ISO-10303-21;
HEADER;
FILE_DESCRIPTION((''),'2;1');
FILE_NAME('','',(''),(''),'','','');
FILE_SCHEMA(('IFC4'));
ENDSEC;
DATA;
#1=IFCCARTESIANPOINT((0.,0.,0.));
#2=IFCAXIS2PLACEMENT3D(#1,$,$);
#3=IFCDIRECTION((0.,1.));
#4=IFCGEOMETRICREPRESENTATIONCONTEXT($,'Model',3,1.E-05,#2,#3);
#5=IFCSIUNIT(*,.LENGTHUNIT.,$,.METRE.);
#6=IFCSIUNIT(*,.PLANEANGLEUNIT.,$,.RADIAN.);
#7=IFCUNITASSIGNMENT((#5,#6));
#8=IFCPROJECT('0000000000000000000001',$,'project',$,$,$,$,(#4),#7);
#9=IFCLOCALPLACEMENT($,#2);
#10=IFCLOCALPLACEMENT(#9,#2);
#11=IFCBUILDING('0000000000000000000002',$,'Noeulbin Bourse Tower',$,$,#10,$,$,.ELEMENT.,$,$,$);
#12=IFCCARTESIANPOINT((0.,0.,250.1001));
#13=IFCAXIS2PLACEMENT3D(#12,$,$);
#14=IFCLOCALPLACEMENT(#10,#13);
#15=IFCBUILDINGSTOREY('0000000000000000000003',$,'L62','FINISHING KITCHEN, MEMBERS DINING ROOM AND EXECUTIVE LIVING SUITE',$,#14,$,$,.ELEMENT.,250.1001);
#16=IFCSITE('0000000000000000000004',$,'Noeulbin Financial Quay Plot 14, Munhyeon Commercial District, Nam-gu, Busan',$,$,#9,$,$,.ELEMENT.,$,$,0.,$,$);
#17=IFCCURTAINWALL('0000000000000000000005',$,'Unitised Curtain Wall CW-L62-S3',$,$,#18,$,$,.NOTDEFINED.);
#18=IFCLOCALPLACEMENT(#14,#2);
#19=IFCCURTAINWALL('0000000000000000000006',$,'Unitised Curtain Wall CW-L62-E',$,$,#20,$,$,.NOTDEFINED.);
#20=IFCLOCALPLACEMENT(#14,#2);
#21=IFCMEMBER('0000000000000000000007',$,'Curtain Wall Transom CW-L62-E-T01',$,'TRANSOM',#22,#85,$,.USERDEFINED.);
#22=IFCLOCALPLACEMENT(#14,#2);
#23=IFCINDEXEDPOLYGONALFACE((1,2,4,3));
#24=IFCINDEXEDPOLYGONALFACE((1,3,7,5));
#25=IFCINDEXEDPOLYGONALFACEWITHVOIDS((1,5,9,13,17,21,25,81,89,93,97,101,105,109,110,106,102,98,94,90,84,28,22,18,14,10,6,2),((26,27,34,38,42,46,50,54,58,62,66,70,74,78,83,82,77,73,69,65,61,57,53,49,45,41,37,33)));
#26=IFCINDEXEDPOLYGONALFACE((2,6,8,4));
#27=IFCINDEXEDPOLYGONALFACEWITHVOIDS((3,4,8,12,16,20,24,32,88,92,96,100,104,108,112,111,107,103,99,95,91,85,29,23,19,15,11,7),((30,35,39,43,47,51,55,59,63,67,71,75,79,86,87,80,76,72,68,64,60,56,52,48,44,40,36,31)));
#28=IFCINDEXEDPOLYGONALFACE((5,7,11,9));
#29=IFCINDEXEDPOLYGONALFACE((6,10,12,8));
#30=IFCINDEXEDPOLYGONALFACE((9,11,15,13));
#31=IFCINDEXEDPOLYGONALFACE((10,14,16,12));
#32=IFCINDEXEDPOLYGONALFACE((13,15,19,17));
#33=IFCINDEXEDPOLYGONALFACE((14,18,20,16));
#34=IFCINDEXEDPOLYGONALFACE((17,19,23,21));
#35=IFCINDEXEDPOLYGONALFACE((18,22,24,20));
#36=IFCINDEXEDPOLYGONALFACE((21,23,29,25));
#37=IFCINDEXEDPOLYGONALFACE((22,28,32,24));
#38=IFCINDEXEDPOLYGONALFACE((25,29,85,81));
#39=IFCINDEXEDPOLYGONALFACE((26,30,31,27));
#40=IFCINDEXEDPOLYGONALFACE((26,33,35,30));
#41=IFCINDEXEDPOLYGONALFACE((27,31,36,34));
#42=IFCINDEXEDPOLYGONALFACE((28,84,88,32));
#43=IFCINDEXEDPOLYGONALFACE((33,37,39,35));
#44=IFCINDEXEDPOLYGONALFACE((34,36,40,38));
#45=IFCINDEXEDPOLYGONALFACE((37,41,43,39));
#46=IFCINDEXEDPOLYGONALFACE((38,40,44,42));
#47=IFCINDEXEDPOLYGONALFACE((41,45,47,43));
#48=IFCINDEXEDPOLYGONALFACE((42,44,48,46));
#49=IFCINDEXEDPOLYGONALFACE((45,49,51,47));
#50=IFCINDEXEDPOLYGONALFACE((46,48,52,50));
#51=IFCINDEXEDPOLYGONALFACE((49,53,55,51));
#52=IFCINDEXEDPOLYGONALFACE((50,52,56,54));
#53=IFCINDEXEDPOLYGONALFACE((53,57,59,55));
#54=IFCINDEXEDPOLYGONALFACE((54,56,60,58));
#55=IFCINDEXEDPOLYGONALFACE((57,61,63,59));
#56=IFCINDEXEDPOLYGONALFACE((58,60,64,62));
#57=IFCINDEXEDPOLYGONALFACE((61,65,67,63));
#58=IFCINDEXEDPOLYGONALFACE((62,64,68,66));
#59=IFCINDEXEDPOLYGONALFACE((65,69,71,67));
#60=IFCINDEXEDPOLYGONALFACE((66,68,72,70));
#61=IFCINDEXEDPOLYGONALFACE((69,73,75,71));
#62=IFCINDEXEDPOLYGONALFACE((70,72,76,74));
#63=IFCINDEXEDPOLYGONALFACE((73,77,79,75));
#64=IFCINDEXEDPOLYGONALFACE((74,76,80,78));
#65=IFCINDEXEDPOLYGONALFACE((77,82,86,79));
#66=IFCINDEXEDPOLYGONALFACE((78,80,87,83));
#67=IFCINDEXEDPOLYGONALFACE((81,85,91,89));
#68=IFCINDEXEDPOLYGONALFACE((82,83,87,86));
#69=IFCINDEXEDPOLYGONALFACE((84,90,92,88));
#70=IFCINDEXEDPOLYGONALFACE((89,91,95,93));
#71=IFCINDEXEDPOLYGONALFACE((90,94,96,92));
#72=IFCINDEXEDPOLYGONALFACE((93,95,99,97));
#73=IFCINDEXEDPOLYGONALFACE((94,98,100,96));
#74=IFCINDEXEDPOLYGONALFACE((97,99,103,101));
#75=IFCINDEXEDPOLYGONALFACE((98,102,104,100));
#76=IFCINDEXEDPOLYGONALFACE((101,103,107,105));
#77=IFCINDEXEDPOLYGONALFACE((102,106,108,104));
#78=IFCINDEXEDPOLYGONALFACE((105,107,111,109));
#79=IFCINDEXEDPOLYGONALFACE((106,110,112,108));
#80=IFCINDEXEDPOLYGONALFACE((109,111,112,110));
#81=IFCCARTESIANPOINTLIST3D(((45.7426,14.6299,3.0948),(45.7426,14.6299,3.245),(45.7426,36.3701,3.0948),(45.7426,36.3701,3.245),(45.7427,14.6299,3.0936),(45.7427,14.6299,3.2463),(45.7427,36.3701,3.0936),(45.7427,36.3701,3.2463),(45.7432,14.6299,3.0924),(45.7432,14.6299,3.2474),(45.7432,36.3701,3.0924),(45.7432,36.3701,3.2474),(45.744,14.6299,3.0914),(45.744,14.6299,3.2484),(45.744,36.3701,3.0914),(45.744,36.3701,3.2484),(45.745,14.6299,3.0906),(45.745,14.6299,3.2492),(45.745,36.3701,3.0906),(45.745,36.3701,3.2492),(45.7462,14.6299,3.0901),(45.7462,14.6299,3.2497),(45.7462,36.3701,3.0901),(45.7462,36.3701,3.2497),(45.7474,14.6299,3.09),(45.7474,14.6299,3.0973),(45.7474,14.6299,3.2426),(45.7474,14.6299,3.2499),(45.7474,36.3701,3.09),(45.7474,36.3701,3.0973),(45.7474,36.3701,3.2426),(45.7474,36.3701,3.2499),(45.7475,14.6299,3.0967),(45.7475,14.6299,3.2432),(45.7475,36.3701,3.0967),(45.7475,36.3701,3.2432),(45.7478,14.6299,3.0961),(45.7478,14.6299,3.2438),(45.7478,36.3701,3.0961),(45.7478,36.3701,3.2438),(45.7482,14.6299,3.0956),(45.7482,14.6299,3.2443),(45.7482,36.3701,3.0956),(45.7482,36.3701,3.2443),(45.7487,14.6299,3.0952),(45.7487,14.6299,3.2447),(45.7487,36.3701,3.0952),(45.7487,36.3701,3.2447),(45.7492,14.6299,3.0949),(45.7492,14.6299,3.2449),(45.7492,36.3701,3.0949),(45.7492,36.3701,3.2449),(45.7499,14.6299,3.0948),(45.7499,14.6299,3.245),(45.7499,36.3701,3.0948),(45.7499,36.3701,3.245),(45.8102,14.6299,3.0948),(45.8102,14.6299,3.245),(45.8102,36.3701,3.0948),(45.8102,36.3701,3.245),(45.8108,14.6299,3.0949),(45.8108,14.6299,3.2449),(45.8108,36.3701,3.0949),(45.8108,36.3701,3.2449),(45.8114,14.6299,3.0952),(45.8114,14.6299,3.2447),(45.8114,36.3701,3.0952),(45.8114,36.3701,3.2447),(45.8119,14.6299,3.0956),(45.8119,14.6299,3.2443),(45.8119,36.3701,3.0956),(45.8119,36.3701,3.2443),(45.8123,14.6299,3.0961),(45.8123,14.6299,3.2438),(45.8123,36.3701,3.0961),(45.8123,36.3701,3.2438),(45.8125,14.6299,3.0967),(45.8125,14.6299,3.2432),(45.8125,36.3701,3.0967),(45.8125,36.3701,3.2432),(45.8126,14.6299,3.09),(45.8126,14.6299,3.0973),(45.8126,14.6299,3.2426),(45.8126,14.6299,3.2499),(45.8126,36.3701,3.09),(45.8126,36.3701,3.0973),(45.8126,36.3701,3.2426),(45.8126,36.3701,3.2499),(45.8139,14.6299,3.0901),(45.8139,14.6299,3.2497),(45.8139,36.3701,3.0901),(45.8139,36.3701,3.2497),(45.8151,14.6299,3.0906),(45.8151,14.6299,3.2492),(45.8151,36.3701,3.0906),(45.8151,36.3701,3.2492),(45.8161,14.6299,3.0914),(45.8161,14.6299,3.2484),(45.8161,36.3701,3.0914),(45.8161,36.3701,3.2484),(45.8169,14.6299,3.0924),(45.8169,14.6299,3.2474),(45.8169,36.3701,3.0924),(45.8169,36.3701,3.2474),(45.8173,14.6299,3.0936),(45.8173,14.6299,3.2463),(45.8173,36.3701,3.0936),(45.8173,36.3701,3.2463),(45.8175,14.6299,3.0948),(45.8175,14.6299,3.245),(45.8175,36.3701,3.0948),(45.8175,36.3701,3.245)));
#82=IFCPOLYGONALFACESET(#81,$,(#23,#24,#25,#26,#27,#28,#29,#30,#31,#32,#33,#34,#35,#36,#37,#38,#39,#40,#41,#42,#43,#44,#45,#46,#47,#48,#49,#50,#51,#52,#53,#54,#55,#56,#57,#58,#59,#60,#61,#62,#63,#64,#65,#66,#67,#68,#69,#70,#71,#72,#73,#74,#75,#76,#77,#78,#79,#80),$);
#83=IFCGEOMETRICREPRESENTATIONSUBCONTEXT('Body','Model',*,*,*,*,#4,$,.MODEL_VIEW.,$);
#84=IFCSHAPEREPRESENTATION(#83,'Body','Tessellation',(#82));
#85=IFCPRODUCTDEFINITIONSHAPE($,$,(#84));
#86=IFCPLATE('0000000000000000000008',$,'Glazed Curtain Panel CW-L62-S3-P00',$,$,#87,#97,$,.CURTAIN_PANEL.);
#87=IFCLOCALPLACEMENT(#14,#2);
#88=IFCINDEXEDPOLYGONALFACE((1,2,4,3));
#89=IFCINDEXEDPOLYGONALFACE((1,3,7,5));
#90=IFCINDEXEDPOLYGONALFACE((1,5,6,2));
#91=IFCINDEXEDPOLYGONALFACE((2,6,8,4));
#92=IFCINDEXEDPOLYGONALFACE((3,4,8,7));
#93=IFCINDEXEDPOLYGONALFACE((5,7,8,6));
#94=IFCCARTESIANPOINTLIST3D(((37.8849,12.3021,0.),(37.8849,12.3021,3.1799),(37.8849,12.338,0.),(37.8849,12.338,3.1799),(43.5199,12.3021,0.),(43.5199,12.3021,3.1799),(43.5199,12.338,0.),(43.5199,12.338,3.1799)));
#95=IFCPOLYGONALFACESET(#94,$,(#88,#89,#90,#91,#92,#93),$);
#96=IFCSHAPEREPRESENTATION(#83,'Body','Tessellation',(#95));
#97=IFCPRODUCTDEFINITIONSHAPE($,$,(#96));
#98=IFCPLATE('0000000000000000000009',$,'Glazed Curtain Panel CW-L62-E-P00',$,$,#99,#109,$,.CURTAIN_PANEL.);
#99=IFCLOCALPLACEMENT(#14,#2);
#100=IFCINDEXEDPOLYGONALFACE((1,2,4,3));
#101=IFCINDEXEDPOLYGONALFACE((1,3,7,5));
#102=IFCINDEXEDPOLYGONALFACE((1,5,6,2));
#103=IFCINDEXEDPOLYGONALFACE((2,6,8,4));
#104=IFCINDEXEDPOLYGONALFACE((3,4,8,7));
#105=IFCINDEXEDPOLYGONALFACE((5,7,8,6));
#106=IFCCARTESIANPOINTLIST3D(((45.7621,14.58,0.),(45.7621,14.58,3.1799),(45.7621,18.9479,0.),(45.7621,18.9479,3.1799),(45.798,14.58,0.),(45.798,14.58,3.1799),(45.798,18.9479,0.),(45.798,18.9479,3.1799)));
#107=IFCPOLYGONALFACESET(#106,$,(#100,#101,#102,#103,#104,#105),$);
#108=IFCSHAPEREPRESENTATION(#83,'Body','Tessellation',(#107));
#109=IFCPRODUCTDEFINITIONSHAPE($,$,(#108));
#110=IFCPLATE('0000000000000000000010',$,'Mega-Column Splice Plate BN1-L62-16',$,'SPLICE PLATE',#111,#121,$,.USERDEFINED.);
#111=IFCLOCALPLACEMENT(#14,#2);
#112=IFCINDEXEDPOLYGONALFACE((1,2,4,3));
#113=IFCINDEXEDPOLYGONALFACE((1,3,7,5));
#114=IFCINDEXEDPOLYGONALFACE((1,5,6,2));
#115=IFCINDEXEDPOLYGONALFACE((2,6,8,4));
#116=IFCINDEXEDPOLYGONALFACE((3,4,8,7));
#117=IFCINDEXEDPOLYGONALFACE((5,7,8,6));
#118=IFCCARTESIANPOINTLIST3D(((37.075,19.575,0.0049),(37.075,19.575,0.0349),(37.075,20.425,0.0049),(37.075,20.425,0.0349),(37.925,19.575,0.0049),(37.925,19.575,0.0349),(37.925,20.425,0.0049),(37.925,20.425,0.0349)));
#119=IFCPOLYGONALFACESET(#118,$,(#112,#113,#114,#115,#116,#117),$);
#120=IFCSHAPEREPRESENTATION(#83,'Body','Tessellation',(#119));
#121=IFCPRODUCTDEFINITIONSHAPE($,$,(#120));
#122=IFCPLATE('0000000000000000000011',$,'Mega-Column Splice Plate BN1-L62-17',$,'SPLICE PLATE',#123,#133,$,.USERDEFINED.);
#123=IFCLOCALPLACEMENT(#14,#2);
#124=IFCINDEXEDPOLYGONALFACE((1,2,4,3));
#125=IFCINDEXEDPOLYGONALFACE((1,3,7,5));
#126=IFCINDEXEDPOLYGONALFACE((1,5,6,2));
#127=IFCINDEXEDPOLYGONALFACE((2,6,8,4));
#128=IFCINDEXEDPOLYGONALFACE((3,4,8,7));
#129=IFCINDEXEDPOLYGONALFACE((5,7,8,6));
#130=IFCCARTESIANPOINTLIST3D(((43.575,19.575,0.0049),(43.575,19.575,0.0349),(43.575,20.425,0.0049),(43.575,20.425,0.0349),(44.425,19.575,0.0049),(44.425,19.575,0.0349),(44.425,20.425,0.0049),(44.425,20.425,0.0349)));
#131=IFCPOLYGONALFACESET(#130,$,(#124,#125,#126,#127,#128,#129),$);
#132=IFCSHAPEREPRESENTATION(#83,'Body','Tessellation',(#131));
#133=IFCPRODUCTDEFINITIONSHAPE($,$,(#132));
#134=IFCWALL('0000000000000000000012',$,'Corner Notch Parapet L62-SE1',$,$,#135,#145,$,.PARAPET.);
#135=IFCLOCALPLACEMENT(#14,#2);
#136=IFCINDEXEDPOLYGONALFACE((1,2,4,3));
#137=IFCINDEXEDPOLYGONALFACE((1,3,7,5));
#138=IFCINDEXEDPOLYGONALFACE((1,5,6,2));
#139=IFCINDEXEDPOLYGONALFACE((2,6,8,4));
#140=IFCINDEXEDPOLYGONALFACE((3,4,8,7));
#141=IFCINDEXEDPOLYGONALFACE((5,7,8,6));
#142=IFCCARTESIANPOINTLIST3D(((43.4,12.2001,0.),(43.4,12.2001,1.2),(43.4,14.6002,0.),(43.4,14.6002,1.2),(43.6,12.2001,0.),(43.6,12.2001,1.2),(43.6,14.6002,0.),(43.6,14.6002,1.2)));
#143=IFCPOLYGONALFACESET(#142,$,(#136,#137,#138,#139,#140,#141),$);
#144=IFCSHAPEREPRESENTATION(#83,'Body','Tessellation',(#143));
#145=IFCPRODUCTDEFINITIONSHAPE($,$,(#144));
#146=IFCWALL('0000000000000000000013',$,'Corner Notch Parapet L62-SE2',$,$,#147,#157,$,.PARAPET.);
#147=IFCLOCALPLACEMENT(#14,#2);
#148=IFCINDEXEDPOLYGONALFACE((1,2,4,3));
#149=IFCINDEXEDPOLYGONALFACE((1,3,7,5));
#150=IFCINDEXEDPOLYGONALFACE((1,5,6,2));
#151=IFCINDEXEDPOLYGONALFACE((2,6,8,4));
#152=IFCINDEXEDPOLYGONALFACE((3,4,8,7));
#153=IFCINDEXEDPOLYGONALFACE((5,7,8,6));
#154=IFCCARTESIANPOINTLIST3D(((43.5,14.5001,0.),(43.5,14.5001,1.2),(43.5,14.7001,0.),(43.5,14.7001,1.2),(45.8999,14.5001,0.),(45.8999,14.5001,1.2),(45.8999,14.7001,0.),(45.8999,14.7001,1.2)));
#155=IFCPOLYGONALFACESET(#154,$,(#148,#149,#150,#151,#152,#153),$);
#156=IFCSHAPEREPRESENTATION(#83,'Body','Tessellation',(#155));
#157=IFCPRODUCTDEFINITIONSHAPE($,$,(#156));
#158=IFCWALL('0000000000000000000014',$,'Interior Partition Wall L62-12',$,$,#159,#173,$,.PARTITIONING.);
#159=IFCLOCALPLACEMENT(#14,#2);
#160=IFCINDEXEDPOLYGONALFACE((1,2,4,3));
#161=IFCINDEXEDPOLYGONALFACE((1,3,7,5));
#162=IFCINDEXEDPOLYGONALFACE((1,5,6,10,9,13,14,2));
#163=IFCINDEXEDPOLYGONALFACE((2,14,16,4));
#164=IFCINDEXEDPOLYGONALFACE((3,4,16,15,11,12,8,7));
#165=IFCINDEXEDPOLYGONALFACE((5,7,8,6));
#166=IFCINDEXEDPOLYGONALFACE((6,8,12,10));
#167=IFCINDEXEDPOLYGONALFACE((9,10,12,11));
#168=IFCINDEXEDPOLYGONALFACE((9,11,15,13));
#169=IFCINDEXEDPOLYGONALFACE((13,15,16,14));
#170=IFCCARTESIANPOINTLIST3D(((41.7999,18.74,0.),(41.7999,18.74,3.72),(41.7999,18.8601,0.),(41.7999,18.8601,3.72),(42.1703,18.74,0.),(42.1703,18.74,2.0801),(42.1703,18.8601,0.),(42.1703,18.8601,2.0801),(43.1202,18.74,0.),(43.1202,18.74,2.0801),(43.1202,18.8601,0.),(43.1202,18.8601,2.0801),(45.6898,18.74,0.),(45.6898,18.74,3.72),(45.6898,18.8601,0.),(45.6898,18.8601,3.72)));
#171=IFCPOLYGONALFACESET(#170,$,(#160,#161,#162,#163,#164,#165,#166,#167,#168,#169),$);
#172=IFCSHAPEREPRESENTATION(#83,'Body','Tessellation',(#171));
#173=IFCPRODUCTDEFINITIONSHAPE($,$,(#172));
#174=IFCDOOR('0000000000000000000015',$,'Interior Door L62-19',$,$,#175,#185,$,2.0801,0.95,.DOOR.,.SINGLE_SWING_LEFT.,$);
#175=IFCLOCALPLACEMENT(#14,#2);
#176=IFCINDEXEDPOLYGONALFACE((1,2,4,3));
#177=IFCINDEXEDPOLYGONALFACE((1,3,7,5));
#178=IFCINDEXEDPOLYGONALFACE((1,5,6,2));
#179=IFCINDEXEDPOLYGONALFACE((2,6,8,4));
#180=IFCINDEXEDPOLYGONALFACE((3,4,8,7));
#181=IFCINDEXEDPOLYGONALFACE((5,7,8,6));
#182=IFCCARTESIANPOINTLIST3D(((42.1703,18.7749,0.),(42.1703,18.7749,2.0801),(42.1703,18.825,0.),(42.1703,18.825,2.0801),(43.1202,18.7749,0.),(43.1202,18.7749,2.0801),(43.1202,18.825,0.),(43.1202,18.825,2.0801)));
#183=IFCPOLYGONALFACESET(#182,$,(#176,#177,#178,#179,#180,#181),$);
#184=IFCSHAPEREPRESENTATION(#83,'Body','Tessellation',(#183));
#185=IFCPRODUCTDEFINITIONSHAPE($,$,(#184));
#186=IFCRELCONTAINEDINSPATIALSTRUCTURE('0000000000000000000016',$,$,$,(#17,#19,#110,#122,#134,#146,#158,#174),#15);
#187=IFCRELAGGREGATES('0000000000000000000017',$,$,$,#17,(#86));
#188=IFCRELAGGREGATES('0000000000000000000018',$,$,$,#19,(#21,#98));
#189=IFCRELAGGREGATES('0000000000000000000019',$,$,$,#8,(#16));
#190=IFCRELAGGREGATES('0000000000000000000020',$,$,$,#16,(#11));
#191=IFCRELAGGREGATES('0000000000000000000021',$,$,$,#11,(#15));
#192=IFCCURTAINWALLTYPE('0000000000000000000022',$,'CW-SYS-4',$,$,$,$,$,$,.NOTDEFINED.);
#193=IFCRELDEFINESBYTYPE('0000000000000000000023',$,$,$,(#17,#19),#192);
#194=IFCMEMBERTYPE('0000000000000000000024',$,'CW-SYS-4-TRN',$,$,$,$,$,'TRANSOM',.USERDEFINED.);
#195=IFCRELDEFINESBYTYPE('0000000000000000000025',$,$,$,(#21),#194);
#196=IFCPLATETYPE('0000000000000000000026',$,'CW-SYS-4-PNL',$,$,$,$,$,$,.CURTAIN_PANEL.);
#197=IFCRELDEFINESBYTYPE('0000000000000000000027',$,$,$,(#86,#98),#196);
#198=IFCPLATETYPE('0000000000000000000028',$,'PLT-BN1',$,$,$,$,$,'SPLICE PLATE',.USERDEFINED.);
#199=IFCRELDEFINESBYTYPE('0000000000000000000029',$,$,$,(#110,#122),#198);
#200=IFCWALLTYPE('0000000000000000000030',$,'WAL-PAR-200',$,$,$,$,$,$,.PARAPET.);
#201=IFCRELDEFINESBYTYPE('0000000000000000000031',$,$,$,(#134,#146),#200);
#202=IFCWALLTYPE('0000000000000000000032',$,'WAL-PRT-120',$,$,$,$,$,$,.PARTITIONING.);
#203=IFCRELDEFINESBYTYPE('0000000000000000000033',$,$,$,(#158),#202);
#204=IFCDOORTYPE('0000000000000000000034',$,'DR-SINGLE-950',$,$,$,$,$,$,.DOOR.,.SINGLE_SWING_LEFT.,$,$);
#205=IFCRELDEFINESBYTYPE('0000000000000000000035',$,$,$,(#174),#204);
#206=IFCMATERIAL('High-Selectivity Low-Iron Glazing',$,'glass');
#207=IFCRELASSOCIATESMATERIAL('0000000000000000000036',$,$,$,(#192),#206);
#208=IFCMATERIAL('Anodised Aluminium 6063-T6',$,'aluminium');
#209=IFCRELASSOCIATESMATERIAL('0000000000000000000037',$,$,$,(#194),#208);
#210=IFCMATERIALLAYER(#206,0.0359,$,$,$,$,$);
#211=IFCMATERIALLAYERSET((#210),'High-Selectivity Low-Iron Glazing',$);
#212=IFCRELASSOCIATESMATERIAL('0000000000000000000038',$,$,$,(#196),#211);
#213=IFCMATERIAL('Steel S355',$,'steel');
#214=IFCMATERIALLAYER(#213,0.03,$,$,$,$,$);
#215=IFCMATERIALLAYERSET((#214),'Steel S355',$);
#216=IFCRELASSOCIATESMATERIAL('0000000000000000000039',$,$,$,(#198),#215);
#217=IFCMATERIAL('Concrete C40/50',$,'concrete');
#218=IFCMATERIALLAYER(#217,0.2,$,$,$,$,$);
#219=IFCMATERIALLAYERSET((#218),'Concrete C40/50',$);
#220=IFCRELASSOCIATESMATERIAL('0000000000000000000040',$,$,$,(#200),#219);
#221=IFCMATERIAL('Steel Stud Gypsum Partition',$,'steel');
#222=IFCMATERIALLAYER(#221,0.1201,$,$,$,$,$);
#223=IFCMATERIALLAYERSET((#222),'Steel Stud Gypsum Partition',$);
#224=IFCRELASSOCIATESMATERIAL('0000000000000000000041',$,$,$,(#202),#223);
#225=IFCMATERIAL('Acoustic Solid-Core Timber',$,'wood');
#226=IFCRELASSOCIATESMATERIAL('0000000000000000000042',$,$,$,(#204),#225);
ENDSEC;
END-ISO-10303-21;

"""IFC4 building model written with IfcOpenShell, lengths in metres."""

from ifc_helpers import new_model, si_unit, direction, frame, frame_2d, origin, origin_2d, place, context, subcontext, project, spatial, rectangle, hollow_rectangle, extrude, material, layer, layer_set, material_profile, profile_set, type_object, element, fill, aggregate, save


model = new_model("IFC4")

# Units and contexts
model_context = context("Model", 3, precision=1e-05, world=origin(), true_north=direction((0.0, 1.0)))
body_context = subcontext(model_context, "Body", "Model", "MODEL_VIEW")
ifc_project = project(units=[si_unit("LENGTHUNIT", "METRE"), si_unit("PLANEANGLEUNIT", "RADIAN")], contexts=[model_context])

# Site, building, storey
site_placement = place(None, origin())
site = spatial("IfcSite", under=ifc_project, at=site_placement, Name="Noeulbin Financial Quay Plot 14, Munhyeon Commercial District, Nam-gu, Busan", CompositionType="ELEMENT", RefElevation=0.0)
building_placement = place(site_placement, origin())
building = spatial("IfcBuilding", under=site, at=building_placement, Name="Noeulbin Bourse Tower", CompositionType="ELEMENT")
storey_placement = place(building_placement, frame((0.0, 0.0, 250.1001)))
storey = spatial("IfcBuildingStorey", under=building, at=storey_placement, Name="L62", Description="FINISHING KITCHEN, MEMBERS DINING ROOM AND EXECUTIVE LIVING SUITE", CompositionType="ELEMENT", Elevation=250.1001)

# Shared definitions
ifc_material_1 = material(Name="Steel S355", Category="steel")

# Curtain walls
ifc_material_2 = material(Name="High-Selectivity Low-Iron Glazing", Category="glass")
curtain_wall_type = type_object("IfcCurtainWallType", Name="CW-SYS-4", PredefinedType="NOTDEFINED", material=ifc_material_2)
curtain_wall_1_placement = place(storey_placement, origin())
curtain_wall_1 = element("IfcCurtainWall", 1, at=curtain_wall_1_placement, inside=storey, type_object=curtain_wall_type, Name="Unitised Curtain Wall CW-L62-S3", PredefinedType="NOTDEFINED")
ifc_material_3 = material(Name="Anodised Aluminium 6063-T6", Category="aluminium")
curtain_wall_2_placement = place(storey_placement, origin())
curtain_wall_2 = element("IfcCurtainWall", 2, at=curtain_wall_2_placement, inside=storey, type_object=curtain_wall_type, Name="Unitised Curtain Wall CW-L62-E", PredefinedType="NOTDEFINED")

# Member
ifc_material_profile_1 = material_profile(ifc_material_3, hollow_rectangle(XDim=0.075, YDim=0.1599, WallThickness=0.0049, InnerFilletRadius=0.0024, OuterFilletRadius=0.0049, at=origin_2d()), Name="ALU-TRAN-75x160x5", Category="LoadBearing")
ifc_profile_set_1 = profile_set([ifc_material_profile_1], Name="Anodised Aluminium 6063-T6")
member_type_1 = type_object("IfcMemberType", Name="CW-SYS-4-TRN", ElementType="TRANSOM", PredefinedType="USERDEFINED", material=ifc_profile_set_1)
member_1_placement = place(storey_placement, frame((45.78, 14.6299, 3.1699), z_axis=(0.0, 1.0, 0.0), x_axis=(-1.0, 0.0, 0.0)))
member_1 = element("IfcMember", 3, at=member_1_placement, type_object=member_type_1, Name="Curtain Wall Transom CW-L62-E-T01", ObjectType="TRANSOM", PredefinedType="USERDEFINED", context=body_context, shape_type="SweptSolid", body=[
    extrude(hollow_rectangle(XDim=0.075, YDim=0.1599, WallThickness=0.0049, InnerFilletRadius=0.0024, OuterFilletRadius=0.0049, at=origin_2d()), origin(), (0.0, 0.0, 1.0), 21.7402),
])

# Plates
ifc_layer_1 = layer(ifc_material_2, 0.0359)
ifc_layer_set_1 = layer_set([ifc_layer_1], Name="High-Selectivity Low-Iron Glazing")
plate_type_1 = type_object("IfcPlateType", Name="CW-SYS-4-PNL", PredefinedType="CURTAIN_PANEL", material=ifc_layer_set_1)
plate_1_placement = place(storey_placement, frame((40.7024, 12.3201, 0.0), z_axis=(0.0, 0.0, 1.0), x_axis=(1.0, 0.0, 0.0)))
plate_1 = element("IfcPlate", 4, at=plate_1_placement, type_object=plate_type_1, Name="Glazed Curtain Panel CW-L62-S3-P00", PredefinedType="CURTAIN_PANEL", context=body_context, shape_type="SweptSolid", body=[
    extrude(rectangle(XDim=5.635, YDim=0.0359, at=origin_2d()), origin(), (0.0, 0.0, 1.0), 3.1799),
])
aggregate(curtain_wall_1, [plate_1])
plate_2_placement = place(storey_placement, frame((45.78, 16.7639, 0.0), z_axis=(0.0, 0.0, 1.0), x_axis=(0.0, 1.0, 0.0)))
plate_2 = element("IfcPlate", 5, at=plate_2_placement, type_object=plate_type_1, Name="Glazed Curtain Panel CW-L62-E-P00", PredefinedType="CURTAIN_PANEL", context=body_context, shape_type="SweptSolid", body=[
    extrude(rectangle(XDim=4.3679, YDim=0.0359, at=origin_2d()), origin(), (0.0, 0.0, 1.0), 3.1799),
])
aggregate(curtain_wall_2, [member_1, plate_2])

# Plates
ifc_layer_2 = layer(ifc_material_1, 0.03)
ifc_layer_set_2 = layer_set([ifc_layer_2], Name="Steel S355")
plate_type_2 = type_object("IfcPlateType", Name="PLT-BN1", ElementType="SPLICE PLATE", PredefinedType="USERDEFINED", material=ifc_layer_set_2)
for number, where, z_axis, x_axis, name in (
    (6, (37.5, 20.0, 0.0049), (0.0, 0.0, 1.0), (1.0, 0.0, 0.0), "Mega-Column Splice Plate BN1-L62-16"),
    (7, (44.0, 20.0, 0.0049), (0.0, 0.0, 1.0), (1.0, 0.0, 0.0), "Mega-Column Splice Plate BN1-L62-17"),
):
    element("IfcPlate", number, at=place(storey_placement, frame(where, z_axis=z_axis, x_axis=x_axis)), inside=storey, type_object=plate_type_2, Name=name, ObjectType="SPLICE PLATE", PredefinedType="USERDEFINED", context=body_context, shape_type="SweptSolid", body=[
        extrude(rectangle(XDim=0.8501, YDim=0.8501, at=origin_2d()), origin(), (0.0, 0.0, 1.0), 0.03),
    ])

# Walls
ifc_material_4 = material(Name="Concrete C40/50", Category="concrete")
ifc_layer_3 = layer(ifc_material_4, 0.2)
ifc_layer_set_3 = layer_set([ifc_layer_3], Name="Concrete C40/50")
wall_type_1 = type_object("IfcWallType", Name="WAL-PAR-200", PredefinedType="PARAPET", material=ifc_layer_set_3)
wall_1_placement = place(storey_placement, frame((43.5, 12.2, 0.0), z_axis=(0.0, 0.0, 1.0), x_axis=(0.0, 1.0, 0.0)))
element("IfcWall", 8, at=wall_1_placement, inside=storey, type_object=wall_type_1, Name="Corner Notch Parapet L62-SE1", PredefinedType="PARAPET", context=body_context, shape_type="SweptSolid", body=[
    extrude(rectangle(XDim=2.4001, YDim=0.2, at=frame_2d((1.2002, 0.0))), origin(), (0.0, 0.0, 1.0), 1.2),
])
wall_2_placement = place(storey_placement, frame((43.5, 14.6001, 0.0), z_axis=(0.0, 0.0, 1.0), x_axis=(1.0, 0.0, 0.0)))
element("IfcWall", 9, at=wall_2_placement, inside=storey, type_object=wall_type_1, Name="Corner Notch Parapet L62-SE2", PredefinedType="PARAPET", context=body_context, shape_type="SweptSolid", body=[
    extrude(rectangle(XDim=2.3999, YDim=0.2, at=frame_2d((1.2, 0.0))), origin(), (0.0, 0.0, 1.0), 1.2),
])

# Wall, opening, door
ifc_material_5 = material(Name="Steel Stud Gypsum Partition", Category="steel")
ifc_layer_4 = layer(ifc_material_5, 0.1201)
ifc_layer_set_4 = layer_set([ifc_layer_4], Name="Steel Stud Gypsum Partition")
wall_type_2 = type_object("IfcWallType", Name="WAL-PRT-120", PredefinedType="PARTITIONING", material=ifc_layer_set_4)
wall_3_placement = place(storey_placement, frame((41.8, 18.8, 0.0), z_axis=(0.0, 0.0, 1.0), x_axis=(1.0, 0.0, 0.0)))
wall_3 = element("IfcWall", 10, at=wall_3_placement, inside=storey, type_object=wall_type_2, Name="Interior Partition Wall L62-12", PredefinedType="PARTITIONING", context=body_context, shape_type="SweptSolid", body=[
    extrude(rectangle(XDim=3.8899, YDim=0.1201, at=frame_2d((1.9448, 0.0))), origin(), (0.0, 0.0, 1.0), 3.72),
])
opening_placement = place(wall_3_placement, frame((0.3701, 0.0, 0.0)))
opening = element("IfcOpeningElement", 11, at=opening_placement, cuts=wall_3, PredefinedType="OPENING", context=body_context, shape_type="SweptSolid", body=[
    extrude(rectangle(XDim=0.95, YDim=2.0801, at=frame_2d((0.4751, 1.04))), frame((0.0, 0.0701, 0.0), z_axis=(0.0, -1.0, 0.0), x_axis=(1.0, 0.0, 0.0)), (0.0, 0.0, 1.0), 0.1401),
])
ifc_material_6 = material(Name="Acoustic Solid-Core Timber", Category="wood")
door_type = type_object("IfcDoorType", Name="DR-SINGLE-950", OperationType="SINGLE_SWING_LEFT", PredefinedType="DOOR", material=ifc_material_6)
door_placement = place(opening_placement, origin())
door = element("IfcDoor", 12, at=door_placement, inside=storey, type_object=door_type, Name="Interior Door L62-19", OperationType="SINGLE_SWING_LEFT", OverallHeight=2.0801, OverallWidth=0.95, PredefinedType="DOOR", context=body_context, shape_type="SweptSolid", body=[
    extrude(rectangle(XDim=0.95, YDim=2.0801, at=frame_2d((0.4751, 1.04))), frame((0.0, 0.0249, 0.0), z_axis=(0.0, -1.0, 0.0), x_axis=(1.0, 0.0, 0.0)), (0.0, 0.0, 1.0), 0.05),
])
fill(opening, door)

save(model, "model.ifc")
